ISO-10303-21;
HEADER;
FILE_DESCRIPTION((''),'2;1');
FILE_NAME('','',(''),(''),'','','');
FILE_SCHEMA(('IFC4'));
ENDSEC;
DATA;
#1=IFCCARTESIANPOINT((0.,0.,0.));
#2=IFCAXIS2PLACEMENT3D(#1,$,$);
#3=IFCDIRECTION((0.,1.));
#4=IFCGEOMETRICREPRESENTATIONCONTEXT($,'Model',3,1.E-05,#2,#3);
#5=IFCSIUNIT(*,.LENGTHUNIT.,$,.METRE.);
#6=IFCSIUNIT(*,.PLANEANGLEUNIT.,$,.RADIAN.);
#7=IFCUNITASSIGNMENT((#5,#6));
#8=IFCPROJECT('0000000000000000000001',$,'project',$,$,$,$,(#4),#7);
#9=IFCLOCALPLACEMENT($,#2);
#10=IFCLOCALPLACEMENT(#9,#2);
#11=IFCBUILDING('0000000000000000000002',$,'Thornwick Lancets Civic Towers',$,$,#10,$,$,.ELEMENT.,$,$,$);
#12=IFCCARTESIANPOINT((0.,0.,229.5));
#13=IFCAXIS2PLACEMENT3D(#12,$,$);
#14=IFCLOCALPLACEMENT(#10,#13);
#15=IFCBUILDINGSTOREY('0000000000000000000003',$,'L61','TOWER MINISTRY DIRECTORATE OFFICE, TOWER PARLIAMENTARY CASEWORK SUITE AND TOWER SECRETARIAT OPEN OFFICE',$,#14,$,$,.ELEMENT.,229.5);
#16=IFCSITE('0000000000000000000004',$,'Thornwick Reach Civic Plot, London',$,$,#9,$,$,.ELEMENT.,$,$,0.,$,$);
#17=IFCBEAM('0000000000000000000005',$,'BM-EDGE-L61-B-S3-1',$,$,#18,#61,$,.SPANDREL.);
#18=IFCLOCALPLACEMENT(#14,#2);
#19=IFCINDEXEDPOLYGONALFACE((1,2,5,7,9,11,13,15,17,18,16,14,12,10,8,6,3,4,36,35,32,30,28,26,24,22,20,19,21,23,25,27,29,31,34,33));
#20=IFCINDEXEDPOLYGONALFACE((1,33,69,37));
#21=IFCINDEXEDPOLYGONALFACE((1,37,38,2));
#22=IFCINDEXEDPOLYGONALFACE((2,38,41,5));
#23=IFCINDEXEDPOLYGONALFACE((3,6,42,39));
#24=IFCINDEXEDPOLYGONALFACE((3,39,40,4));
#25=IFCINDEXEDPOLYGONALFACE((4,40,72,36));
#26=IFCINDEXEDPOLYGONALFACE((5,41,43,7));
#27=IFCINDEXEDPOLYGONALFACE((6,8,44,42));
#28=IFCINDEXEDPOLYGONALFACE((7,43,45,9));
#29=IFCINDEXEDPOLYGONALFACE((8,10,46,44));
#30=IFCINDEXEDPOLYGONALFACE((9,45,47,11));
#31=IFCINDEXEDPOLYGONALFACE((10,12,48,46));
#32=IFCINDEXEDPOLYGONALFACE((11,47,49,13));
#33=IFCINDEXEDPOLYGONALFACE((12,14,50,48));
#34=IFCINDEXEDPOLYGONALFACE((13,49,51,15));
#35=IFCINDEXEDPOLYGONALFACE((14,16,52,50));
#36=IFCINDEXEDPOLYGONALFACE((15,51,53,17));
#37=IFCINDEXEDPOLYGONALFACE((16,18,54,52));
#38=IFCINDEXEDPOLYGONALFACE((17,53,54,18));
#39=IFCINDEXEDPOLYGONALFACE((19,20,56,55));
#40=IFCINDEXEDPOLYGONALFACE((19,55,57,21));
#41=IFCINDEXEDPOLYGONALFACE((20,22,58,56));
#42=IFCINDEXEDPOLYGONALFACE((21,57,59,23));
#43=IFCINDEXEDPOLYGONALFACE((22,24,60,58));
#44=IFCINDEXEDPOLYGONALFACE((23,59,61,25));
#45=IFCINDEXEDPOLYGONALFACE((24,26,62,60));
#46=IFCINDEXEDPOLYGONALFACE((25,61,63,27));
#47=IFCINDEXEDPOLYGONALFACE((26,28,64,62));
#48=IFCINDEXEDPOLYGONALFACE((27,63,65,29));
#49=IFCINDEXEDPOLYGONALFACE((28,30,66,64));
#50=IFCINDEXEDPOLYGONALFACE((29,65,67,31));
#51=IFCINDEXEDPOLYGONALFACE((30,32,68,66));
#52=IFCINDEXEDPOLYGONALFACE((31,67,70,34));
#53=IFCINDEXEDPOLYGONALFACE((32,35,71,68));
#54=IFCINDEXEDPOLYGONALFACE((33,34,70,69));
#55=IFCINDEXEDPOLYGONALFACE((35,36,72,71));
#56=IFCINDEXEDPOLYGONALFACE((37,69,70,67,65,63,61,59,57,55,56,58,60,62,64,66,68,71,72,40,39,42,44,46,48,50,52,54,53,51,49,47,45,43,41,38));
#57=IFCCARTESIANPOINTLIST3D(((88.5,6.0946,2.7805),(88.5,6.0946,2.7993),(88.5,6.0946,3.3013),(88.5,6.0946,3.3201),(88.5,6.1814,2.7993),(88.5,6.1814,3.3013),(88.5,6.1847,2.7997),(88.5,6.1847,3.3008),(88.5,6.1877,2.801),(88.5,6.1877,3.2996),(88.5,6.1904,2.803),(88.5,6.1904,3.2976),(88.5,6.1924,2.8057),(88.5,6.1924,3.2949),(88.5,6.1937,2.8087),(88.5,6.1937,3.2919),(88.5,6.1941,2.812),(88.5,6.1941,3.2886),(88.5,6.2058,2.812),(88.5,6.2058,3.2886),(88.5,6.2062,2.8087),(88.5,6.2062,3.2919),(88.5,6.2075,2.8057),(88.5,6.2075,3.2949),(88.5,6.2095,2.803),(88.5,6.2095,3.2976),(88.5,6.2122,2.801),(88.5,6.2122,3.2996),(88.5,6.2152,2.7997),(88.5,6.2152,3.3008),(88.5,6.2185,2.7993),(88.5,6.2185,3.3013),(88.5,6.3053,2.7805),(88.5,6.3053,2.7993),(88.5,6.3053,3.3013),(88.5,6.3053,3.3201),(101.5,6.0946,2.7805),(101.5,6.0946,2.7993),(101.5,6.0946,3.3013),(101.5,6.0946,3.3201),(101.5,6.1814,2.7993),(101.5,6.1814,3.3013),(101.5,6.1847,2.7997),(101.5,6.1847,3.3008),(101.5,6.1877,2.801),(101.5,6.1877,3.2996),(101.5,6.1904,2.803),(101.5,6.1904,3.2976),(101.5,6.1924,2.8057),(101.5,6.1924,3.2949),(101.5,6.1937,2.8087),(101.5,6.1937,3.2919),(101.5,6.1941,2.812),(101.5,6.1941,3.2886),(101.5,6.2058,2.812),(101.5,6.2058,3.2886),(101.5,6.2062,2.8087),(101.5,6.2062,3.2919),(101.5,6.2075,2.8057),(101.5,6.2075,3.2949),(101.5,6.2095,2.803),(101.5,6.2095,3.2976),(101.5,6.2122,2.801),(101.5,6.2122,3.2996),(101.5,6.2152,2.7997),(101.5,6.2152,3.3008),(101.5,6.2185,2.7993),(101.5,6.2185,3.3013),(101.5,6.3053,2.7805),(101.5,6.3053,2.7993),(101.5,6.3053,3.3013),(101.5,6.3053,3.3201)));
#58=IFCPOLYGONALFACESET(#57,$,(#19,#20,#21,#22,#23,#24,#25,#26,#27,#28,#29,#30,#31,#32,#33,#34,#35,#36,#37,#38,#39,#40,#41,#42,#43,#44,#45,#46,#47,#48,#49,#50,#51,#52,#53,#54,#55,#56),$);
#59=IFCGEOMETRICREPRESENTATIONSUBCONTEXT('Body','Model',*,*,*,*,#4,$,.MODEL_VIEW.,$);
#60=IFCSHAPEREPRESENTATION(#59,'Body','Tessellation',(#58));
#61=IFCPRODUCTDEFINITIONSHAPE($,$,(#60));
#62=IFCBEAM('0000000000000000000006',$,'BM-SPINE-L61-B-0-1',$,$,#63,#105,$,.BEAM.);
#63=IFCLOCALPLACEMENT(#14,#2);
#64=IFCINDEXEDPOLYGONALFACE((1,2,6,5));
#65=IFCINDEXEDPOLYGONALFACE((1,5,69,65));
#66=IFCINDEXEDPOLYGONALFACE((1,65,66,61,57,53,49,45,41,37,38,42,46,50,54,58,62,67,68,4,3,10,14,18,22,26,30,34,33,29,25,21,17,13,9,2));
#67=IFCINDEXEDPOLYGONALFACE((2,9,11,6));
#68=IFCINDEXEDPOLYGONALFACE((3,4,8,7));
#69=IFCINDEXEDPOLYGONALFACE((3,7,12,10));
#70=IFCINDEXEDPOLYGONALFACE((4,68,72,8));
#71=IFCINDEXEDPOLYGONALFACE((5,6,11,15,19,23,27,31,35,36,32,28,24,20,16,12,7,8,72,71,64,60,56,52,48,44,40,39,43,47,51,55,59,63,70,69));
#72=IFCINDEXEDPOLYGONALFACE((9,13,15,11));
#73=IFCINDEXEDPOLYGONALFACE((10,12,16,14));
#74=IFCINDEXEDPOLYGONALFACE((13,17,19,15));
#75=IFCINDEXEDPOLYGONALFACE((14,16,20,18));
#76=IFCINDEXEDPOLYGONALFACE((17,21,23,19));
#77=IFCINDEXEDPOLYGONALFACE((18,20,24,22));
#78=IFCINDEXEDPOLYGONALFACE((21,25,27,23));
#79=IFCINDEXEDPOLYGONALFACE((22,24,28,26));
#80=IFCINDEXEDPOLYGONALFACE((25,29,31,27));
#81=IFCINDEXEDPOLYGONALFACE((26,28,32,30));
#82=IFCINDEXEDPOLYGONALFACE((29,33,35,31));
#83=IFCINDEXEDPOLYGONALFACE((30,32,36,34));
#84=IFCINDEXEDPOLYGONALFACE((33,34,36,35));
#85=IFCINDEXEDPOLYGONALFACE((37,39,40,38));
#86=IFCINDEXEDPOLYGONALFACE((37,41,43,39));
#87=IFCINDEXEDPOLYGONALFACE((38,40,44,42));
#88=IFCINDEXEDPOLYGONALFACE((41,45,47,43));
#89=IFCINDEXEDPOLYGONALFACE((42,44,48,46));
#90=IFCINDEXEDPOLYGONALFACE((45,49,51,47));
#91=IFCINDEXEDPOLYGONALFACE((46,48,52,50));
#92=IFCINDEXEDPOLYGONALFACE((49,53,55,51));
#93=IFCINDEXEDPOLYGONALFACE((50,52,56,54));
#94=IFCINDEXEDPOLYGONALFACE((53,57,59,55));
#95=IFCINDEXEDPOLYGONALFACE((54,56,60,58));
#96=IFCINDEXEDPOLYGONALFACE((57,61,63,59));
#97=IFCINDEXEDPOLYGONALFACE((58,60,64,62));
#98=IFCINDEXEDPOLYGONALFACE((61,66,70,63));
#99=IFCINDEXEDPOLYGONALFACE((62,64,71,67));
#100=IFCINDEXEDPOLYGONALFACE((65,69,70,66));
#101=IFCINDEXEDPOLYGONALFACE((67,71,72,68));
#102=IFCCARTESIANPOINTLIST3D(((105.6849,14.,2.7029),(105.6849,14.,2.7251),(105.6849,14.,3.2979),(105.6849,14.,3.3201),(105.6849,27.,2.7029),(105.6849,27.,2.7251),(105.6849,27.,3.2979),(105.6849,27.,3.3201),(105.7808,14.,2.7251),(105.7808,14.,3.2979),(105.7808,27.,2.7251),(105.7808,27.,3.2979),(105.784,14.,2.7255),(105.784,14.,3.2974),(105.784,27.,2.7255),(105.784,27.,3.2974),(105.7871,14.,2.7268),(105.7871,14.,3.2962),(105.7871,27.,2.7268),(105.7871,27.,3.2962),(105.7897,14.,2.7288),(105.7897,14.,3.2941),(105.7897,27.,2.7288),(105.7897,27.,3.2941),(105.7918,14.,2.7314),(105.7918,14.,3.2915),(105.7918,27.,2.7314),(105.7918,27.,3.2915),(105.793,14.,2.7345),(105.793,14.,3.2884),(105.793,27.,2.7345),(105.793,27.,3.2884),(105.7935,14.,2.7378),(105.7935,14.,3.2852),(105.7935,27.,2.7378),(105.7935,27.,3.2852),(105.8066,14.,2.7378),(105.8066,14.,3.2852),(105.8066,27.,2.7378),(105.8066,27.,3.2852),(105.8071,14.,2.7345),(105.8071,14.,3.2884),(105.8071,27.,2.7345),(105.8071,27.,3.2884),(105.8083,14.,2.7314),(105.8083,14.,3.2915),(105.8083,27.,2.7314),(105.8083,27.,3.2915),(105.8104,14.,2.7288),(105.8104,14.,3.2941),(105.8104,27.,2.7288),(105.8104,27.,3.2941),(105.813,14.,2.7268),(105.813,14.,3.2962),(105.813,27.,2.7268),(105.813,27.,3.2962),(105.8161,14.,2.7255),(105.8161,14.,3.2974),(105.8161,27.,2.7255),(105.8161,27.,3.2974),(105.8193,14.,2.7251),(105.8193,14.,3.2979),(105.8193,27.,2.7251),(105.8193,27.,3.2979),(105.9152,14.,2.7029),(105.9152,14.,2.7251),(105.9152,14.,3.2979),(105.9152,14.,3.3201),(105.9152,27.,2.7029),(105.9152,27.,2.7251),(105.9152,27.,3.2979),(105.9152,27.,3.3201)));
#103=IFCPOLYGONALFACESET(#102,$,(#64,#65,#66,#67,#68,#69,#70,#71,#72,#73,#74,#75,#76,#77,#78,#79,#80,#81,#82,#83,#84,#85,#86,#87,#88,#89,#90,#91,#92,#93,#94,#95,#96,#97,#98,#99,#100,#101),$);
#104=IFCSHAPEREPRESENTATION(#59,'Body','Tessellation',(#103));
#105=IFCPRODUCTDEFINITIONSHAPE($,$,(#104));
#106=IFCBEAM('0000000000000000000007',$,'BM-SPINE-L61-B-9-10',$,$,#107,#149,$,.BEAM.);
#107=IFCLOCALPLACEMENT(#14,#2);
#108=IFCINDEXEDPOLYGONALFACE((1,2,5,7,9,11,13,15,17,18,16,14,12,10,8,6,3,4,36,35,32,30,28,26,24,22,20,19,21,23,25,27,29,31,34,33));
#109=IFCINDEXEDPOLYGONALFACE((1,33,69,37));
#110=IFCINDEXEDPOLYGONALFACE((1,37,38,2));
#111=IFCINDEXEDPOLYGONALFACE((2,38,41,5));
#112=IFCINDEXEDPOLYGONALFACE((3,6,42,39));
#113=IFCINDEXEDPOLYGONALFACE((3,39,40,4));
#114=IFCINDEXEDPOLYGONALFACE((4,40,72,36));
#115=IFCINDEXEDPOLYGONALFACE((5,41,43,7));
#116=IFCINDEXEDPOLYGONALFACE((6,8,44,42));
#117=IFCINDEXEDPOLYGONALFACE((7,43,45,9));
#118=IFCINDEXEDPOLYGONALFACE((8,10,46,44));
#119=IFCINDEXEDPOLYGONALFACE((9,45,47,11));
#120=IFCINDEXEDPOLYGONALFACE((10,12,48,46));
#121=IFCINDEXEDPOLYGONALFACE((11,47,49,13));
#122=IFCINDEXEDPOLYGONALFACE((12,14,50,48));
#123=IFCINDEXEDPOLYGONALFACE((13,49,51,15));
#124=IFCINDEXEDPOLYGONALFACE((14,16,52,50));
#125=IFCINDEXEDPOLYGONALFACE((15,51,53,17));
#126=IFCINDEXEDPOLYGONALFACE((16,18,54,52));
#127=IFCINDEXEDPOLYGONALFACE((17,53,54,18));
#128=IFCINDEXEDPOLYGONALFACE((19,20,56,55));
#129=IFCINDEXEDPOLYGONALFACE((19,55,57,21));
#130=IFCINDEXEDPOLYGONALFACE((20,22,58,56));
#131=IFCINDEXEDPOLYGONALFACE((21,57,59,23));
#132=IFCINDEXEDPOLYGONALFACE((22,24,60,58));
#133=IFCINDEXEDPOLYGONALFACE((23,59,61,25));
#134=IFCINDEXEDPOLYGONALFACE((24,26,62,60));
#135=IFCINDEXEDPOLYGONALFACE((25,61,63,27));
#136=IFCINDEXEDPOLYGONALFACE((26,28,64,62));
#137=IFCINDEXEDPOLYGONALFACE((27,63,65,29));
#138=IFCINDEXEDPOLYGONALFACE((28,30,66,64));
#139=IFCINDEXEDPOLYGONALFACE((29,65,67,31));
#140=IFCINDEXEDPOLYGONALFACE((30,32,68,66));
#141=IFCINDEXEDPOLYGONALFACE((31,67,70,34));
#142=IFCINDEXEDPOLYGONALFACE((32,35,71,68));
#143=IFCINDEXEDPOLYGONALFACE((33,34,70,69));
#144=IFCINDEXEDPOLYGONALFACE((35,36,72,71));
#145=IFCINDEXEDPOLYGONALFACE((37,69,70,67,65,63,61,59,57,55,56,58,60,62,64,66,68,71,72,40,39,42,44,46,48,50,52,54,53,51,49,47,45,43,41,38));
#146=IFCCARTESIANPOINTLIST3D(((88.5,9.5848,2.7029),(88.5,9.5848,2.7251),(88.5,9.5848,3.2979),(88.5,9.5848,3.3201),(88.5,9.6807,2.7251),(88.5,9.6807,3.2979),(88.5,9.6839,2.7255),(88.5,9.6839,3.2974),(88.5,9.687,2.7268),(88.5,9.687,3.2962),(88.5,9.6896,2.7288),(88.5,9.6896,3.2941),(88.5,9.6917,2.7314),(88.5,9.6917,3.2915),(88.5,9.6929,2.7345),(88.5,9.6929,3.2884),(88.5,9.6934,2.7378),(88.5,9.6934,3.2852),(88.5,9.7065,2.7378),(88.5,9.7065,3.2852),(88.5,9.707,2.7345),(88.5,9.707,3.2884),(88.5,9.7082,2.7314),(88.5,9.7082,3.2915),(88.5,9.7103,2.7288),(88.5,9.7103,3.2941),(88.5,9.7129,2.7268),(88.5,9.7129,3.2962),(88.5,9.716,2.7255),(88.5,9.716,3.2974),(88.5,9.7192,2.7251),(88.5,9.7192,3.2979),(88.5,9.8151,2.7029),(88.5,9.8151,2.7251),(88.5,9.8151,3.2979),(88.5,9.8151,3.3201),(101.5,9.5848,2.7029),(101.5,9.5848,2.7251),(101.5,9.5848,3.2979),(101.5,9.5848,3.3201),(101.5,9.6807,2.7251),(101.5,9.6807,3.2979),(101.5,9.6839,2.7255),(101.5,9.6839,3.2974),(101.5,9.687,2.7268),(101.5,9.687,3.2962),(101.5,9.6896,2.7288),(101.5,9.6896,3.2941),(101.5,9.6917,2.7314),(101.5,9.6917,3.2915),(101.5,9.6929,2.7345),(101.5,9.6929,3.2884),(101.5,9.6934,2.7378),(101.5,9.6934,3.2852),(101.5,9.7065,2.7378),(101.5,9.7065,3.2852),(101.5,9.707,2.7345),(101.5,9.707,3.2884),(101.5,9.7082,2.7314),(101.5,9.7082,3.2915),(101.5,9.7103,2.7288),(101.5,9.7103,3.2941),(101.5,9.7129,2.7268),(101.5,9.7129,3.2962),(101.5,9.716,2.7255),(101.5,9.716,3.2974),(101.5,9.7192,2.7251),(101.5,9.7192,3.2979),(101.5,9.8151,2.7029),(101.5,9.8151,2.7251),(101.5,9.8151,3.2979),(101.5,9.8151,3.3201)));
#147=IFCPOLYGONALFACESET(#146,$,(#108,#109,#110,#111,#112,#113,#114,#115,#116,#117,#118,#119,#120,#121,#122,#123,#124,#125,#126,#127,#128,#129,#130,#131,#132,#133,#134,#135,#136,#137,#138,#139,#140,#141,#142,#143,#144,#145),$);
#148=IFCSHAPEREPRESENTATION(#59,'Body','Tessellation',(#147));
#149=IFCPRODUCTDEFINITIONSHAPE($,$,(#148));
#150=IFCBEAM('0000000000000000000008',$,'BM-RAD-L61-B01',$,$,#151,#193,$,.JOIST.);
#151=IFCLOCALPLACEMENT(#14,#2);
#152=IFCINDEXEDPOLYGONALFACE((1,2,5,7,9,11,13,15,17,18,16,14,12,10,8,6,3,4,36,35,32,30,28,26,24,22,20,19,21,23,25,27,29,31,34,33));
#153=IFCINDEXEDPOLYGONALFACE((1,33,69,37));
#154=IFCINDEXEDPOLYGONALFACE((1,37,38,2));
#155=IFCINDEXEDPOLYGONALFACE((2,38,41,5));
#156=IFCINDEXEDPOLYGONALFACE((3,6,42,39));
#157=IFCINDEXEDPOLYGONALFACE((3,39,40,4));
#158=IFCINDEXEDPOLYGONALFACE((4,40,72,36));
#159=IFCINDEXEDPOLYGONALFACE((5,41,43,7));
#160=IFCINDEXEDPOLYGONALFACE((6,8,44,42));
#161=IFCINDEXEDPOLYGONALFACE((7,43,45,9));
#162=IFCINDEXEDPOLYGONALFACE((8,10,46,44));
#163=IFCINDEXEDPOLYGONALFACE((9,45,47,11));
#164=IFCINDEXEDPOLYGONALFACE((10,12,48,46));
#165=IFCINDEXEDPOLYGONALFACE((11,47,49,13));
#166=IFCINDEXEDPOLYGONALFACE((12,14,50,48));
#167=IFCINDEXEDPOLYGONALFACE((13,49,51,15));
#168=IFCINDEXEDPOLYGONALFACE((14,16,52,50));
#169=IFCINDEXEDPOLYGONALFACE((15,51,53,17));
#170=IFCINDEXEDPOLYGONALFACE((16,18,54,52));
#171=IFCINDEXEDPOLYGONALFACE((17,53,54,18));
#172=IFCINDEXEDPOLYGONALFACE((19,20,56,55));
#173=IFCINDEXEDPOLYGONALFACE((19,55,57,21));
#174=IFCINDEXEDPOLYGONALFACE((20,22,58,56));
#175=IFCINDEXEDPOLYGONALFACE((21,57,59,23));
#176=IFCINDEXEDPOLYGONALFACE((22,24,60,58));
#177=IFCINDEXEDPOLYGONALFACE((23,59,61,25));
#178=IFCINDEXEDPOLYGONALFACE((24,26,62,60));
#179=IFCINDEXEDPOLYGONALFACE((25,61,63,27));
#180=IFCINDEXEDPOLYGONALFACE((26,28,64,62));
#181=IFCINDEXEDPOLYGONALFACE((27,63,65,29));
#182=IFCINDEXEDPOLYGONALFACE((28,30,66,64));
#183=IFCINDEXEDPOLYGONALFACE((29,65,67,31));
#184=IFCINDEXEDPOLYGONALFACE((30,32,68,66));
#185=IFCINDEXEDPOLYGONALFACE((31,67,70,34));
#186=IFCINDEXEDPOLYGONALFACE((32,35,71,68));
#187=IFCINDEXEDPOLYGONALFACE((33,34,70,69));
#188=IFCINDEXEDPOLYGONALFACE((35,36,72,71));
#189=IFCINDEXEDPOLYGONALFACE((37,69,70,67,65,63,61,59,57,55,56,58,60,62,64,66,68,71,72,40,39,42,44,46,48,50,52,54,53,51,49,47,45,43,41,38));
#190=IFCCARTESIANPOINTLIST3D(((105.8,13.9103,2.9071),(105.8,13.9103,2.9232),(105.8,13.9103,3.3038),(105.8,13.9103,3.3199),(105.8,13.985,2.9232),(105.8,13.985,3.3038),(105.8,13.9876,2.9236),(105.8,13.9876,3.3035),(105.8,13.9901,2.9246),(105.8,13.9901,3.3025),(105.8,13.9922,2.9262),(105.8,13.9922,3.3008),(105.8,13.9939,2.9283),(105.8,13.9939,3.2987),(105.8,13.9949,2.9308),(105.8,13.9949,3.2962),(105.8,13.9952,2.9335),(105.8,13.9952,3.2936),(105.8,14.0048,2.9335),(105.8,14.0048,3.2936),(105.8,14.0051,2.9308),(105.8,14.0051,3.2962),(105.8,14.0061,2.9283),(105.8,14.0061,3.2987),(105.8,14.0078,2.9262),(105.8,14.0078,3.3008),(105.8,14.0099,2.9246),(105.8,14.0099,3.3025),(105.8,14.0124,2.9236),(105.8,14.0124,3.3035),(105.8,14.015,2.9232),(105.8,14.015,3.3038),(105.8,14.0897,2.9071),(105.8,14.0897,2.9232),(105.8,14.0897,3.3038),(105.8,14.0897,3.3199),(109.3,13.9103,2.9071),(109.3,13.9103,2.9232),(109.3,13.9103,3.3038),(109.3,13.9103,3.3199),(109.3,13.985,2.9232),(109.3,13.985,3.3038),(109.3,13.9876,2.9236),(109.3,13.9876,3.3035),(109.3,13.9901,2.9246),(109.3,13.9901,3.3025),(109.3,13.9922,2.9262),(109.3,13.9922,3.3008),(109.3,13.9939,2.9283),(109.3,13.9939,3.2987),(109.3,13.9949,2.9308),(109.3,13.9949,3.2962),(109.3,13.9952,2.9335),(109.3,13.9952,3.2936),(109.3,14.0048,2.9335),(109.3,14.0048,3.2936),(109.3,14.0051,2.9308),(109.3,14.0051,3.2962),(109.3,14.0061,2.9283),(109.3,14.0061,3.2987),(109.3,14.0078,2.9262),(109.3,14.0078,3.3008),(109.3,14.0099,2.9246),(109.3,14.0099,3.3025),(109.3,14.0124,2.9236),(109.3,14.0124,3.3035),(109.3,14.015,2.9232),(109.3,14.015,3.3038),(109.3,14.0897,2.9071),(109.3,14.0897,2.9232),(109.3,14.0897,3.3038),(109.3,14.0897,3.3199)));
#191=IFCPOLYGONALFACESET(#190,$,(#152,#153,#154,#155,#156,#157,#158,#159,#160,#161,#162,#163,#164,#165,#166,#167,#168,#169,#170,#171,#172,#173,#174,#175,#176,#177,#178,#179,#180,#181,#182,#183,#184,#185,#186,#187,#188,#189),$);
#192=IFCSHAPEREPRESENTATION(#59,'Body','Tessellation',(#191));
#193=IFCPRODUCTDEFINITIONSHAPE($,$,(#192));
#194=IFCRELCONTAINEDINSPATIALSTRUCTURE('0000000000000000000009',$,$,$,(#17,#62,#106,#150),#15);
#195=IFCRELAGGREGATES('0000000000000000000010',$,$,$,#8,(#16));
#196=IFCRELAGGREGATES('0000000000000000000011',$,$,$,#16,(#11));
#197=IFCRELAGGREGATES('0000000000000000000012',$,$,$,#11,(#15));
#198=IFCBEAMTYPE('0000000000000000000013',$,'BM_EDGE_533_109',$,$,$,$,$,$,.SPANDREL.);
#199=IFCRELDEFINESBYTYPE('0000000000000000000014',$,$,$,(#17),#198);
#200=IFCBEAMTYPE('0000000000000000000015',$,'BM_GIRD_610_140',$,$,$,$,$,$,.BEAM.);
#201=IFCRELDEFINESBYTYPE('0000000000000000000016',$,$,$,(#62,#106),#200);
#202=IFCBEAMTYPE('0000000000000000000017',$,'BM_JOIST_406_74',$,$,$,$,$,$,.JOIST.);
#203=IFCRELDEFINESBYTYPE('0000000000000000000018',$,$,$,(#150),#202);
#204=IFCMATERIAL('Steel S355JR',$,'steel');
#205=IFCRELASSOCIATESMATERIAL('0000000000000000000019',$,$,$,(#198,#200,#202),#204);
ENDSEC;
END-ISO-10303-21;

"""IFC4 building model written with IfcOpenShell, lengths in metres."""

from ifc_helpers import new_model, si_unit, direction, frame, origin, origin_2d, place, context, subcontext, project, spatial, i_section, extrude, material, material_profile, profile_set, type_object, element, save


model = new_model("IFC4")

# Units and contexts
model_context = context("Model", 3, precision=1e-05, world=origin(), true_north=direction((0.0, 1.0)))
body_context = subcontext(model_context, "Body", "Model", "MODEL_VIEW")
ifc_project = project(units=[si_unit("LENGTHUNIT", "METRE"), si_unit("PLANEANGLEUNIT", "RADIAN")], contexts=[model_context])

# Site, building, storey
site_placement = place(None, origin())
site = spatial("IfcSite", under=ifc_project, at=site_placement, Name="Thornwick Reach Civic Plot, London", CompositionType="ELEMENT", RefElevation=0.0)
building_placement = place(site_placement, origin())
building = spatial("IfcBuilding", under=site, at=building_placement, Name="Thornwick Lancets Civic Towers", CompositionType="ELEMENT")
storey_placement = place(building_placement, frame((0.0, 0.0, 229.5)))
storey = spatial("IfcBuildingStorey", under=building, at=storey_placement, Name="L61", Description="TOWER MINISTRY DIRECTORATE OFFICE, TOWER PARLIAMENTARY CASEWORK SUITE AND TOWER SECRETARIAT OPEN OFFICE", CompositionType="ELEMENT", Elevation=229.5)

# Shared definitions
ifc_material_1 = material(Name="Steel S355JR", Category="steel")

# Beams
ifc_material_profile_1 = material_profile(ifc_material_1, i_section(OverallWidth=0.2107, OverallDepth=0.5396, WebThickness=0.0117, FlangeThickness=0.0188, FilletRadius=0.0127, at=origin_2d()), Name="UKB 533x210x109")
ifc_profile_set_1 = profile_set([ifc_material_profile_1], Name="Steel S355JR")
beam_type_1 = type_object("IfcBeamType", Name="BM_EDGE_533_109", PredefinedType="SPANDREL", material=ifc_profile_set_1)
for number, where, z_axis, x_axis, name in (
    (1, (101.5, 6.2, 3.0503), (-1.0, 0.0, 0.0), (0.0, -1.0, 0.0), "BM-EDGE-L61-B-S3-1"),
):
    element("IfcBeam", number, at=place(storey_placement, frame(where, z_axis=z_axis, x_axis=x_axis)), inside=storey, type_object=beam_type_1, Name=name, PredefinedType="SPANDREL", context=body_context, shape_type="SweptSolid", body=[
        extrude(i_section(OverallWidth=0.2107, OverallDepth=0.5396, WebThickness=0.0117, FlangeThickness=0.0188, FilletRadius=0.0127, at=origin_2d()), origin(), (0.0, 0.0, 1.0), 13.0),
    ])
ifc_material_profile_2 = material_profile(ifc_material_1, i_section(OverallWidth=0.2302, OverallDepth=0.6172, WebThickness=0.0132, FlangeThickness=0.0222, FilletRadius=0.0127, at=origin_2d()), Name="UKB 610x229x140")
ifc_profile_set_2 = profile_set([ifc_material_profile_2], Name="Steel S355JR")
beam_type_2 = type_object("IfcBeamType", Name="BM_GIRD_610_140", PredefinedType="BEAM", material=ifc_profile_set_2)
for number, where, z_axis, x_axis, name in (
    (2, (105.8, 14.0, 3.0115), (0.0, 1.0, 0.0), (-1.0, 0.0, 0.0), "BM-SPINE-L61-B-0-1"),
    (3, (101.5, 9.7, 3.0115), (-1.0, 0.0, 0.0), (0.0, -1.0, 0.0), "BM-SPINE-L61-B-9-10"),
):
    element("IfcBeam", number, at=place(storey_placement, frame(where, z_axis=z_axis, x_axis=x_axis)), inside=storey, type_object=beam_type_2, Name=name, PredefinedType="BEAM", context=body_context, shape_type="SweptSolid", body=[
        extrude(i_section(OverallWidth=0.2302, OverallDepth=0.6172, WebThickness=0.0132, FlangeThickness=0.0222, FilletRadius=0.0127, at=origin_2d()), origin(), (0.0, 0.0, 1.0), 13.0),
    ])
ifc_material_profile_3 = material_profile(ifc_material_1, i_section(OverallWidth=0.1794, OverallDepth=0.4128, WebThickness=0.0095, FlangeThickness=0.0161, FilletRadius=0.0103, at=origin_2d()), Name="UKB 406x178x74")
ifc_profile_set_3 = profile_set([ifc_material_profile_3], Name="Steel S355JR")
beam_type_3 = type_object("IfcBeamType", Name="BM_JOIST_406_74", PredefinedType="JOIST", material=ifc_profile_set_3)
for number, where, z_axis, x_axis, name in (
    (4, (105.8, 14.0, 3.1135), (1.0, 0.0, 0.0), (0.0, 1.0, 0.0), "BM-RAD-L61-B01"),
):
    element("IfcBeam", number, at=place(storey_placement, frame(where, z_axis=z_axis, x_axis=x_axis)), inside=storey, type_object=beam_type_3, Name=name, PredefinedType="JOIST", context=body_context, shape_type="SweptSolid", body=[
        extrude(i_section(OverallWidth=0.1794, OverallDepth=0.4128, WebThickness=0.0095, FlangeThickness=0.0161, FilletRadius=0.0103, at=origin_2d()), origin(), (0.0, 0.0, 1.0), 3.5),
    ])

save(model, "model.ifc")
